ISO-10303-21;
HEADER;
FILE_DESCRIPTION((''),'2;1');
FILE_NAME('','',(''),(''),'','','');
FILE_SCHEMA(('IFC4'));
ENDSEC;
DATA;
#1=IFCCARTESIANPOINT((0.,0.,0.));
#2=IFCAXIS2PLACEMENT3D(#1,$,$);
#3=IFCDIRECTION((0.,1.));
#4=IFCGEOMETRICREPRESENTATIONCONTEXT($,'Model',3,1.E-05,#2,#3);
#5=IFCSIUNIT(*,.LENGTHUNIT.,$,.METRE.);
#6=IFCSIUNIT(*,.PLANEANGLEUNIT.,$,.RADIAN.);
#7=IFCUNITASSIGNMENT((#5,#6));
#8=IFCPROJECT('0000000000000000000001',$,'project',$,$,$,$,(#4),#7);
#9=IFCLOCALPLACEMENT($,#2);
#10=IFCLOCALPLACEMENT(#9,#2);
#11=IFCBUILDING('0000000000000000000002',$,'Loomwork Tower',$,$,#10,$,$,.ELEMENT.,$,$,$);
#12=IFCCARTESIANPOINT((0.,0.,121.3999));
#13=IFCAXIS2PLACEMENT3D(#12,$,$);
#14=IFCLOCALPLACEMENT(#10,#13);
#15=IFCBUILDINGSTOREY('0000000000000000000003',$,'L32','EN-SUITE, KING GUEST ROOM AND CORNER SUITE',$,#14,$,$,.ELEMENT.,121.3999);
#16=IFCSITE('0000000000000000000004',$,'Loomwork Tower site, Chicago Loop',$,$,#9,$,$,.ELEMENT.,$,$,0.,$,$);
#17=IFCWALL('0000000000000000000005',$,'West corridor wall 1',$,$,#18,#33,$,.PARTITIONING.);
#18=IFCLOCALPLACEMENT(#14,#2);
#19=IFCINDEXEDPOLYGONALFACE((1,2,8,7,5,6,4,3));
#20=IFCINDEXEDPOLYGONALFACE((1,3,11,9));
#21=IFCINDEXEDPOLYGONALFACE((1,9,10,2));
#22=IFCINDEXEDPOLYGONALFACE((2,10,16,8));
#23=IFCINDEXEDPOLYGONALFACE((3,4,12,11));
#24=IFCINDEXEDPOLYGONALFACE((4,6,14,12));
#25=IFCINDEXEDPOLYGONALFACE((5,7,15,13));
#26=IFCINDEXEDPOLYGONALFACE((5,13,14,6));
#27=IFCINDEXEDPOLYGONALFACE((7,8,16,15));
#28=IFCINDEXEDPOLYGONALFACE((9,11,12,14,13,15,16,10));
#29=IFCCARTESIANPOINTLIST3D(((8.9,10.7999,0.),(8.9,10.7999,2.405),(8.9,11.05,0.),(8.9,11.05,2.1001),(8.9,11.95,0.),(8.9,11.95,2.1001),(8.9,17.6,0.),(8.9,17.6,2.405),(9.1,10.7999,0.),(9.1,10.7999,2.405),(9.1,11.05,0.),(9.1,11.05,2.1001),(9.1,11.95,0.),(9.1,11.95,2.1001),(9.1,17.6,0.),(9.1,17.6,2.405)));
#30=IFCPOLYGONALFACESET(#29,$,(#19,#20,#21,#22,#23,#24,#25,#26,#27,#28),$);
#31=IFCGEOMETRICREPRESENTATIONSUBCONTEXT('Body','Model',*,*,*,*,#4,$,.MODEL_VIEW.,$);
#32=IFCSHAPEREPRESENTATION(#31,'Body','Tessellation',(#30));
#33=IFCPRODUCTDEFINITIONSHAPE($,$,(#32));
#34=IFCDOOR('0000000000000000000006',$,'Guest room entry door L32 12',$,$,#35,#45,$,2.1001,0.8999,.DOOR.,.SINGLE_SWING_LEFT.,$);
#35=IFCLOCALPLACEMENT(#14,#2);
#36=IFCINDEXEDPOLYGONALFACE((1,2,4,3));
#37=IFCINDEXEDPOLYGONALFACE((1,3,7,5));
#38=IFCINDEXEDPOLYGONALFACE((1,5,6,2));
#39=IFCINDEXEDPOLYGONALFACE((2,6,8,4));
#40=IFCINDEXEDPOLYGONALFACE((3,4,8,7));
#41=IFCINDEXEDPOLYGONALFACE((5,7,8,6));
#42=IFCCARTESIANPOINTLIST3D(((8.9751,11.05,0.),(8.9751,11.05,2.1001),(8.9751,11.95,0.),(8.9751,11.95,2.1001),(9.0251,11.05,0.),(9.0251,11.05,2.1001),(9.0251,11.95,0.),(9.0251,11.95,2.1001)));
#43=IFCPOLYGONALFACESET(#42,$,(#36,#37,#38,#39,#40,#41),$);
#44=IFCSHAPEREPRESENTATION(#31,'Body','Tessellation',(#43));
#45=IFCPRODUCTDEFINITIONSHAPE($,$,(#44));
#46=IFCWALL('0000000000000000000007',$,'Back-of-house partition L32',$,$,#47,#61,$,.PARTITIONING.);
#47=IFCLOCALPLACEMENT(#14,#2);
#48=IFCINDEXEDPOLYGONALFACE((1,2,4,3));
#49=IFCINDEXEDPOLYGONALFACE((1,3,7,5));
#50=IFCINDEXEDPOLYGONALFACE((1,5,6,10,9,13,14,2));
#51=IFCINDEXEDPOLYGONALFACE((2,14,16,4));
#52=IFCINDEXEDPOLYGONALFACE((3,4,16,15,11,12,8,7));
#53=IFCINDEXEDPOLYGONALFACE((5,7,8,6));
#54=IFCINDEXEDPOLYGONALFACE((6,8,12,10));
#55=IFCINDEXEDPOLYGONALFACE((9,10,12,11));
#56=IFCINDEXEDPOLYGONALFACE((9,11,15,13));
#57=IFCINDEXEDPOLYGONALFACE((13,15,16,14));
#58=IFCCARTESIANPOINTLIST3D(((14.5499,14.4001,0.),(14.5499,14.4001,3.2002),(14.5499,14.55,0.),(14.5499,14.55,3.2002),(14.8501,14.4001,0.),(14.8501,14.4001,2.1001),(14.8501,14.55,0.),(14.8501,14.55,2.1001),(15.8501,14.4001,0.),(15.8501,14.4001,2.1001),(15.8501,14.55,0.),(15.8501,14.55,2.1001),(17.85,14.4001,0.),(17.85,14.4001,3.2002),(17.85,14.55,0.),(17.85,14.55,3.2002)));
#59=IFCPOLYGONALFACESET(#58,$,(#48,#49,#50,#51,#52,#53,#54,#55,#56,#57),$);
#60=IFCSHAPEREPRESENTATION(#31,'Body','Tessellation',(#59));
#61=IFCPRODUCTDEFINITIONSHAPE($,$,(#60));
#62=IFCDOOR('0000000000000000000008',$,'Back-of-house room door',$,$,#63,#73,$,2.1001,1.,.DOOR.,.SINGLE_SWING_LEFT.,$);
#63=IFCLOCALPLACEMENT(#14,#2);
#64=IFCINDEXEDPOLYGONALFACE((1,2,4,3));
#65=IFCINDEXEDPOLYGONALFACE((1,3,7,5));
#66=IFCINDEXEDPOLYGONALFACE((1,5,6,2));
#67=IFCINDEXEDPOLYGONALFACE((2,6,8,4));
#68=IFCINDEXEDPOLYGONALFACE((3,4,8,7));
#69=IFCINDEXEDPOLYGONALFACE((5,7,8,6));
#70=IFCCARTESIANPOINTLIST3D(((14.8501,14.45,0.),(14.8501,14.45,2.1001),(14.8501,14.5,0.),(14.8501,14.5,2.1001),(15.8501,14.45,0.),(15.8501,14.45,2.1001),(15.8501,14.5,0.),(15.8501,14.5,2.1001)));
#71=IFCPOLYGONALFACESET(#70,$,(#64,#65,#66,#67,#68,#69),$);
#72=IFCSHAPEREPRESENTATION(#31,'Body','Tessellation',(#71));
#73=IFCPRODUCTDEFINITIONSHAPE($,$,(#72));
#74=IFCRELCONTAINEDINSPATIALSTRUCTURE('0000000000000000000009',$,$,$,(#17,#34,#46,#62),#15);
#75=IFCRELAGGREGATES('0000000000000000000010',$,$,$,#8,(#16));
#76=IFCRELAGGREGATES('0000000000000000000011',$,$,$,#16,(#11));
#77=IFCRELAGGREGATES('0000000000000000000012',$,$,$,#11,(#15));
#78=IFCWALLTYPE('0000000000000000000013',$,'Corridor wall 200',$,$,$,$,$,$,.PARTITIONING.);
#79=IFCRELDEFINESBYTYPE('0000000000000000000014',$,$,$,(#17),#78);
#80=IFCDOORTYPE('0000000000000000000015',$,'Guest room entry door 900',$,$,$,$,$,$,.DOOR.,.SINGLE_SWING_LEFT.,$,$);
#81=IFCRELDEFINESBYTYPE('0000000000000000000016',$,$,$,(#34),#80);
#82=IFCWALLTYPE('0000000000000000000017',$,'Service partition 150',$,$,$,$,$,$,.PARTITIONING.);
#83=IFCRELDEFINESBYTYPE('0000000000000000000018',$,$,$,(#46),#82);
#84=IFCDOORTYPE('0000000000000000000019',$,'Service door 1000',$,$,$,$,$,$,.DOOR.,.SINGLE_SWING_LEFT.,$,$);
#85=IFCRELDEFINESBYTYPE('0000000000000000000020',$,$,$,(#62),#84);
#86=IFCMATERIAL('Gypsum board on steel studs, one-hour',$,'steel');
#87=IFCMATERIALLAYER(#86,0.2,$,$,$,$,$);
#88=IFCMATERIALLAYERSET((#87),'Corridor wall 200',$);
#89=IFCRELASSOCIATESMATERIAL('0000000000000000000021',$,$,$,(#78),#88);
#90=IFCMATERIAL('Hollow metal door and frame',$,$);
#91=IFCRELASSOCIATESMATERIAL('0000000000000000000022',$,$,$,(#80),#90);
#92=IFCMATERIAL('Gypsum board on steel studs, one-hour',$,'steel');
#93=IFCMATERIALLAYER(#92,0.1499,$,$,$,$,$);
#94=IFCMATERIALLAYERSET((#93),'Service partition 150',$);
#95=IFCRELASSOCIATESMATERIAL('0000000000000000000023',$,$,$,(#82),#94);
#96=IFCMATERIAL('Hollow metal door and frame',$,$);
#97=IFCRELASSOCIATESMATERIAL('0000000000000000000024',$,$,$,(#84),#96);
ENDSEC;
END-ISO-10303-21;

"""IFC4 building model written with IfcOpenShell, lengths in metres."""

from ifc_helpers import new_model, si_unit, direction, frame, frame_2d, origin, place, context, subcontext, project, spatial, rectangle, extrude, material, layer, layer_set, type_object, element, fill, save


model = new_model("IFC4")

# Units and contexts
model_context = context("Model", 3, precision=1e-05, world=origin(), true_north=direction((0.0, 1.0)))
body_context = subcontext(model_context, "Body", "Model", "MODEL_VIEW")
ifc_project = project(units=[si_unit("LENGTHUNIT", "METRE"), si_unit("PLANEANGLEUNIT", "RADIAN")], contexts=[model_context])

# Site, building, storey
site_placement = place(None, origin())
site = spatial("IfcSite", under=ifc_project, at=site_placement, Name="Loomwork Tower site, Chicago Loop", CompositionType="ELEMENT", RefElevation=0.0)
building_placement = place(site_placement, origin())
building = spatial("IfcBuilding", under=site, at=building_placement, Name="Loomwork Tower", CompositionType="ELEMENT")
storey_placement = place(building_placement, frame((0.0, 0.0, 121.3999)))
storey = spatial("IfcBuildingStorey", under=building, at=storey_placement, Name="L32", Description="EN-SUITE, KING GUEST ROOM AND CORNER SUITE", CompositionType="ELEMENT", Elevation=121.3999)

# Shared definitions
ifc_material_1 = material(Name="Gypsum board on steel studs, one-hour", Category="steel")
ifc_layer_1 = layer(ifc_material_1, 0.2)
ifc_layer_set_1 = layer_set([ifc_layer_1], Name="Corridor wall 200")
wall_type_1 = type_object("IfcWallType", Name="Corridor wall 200", PredefinedType="PARTITIONING", material=ifc_layer_set_1)
ifc_material_2 = material(Name="Hollow metal door and frame")
door_type_1 = type_object("IfcDoorType", Name="Guest room entry door 900", OperationType="SINGLE_SWING_LEFT", PredefinedType="DOOR", material=ifc_material_2)

# Walls, openings, doors
wall_1_placement = place(storey_placement, frame((9.0, 10.8, 0.0), z_axis=(0.0, 0.0, 1.0), x_axis=(0.0, 1.0, 0.0)))
wall_1 = element("IfcWall", 1, at=wall_1_placement, inside=storey, type_object=wall_type_1, Name="West corridor wall 1", PredefinedType="PARTITIONING", context=body_context, shape_type="SweptSolid", body=[
    extrude(rectangle(XDim=6.8, YDim=0.2, at=frame_2d((3.3999, 0.0))), origin(), (0.0, 0.0, 1.0), 2.405),
])
opening_1_placement = place(wall_1_placement, frame((0.25, 0.0, 0.0)))
opening_1 = element("IfcOpeningElement", 2, at=opening_1_placement, cuts=wall_1, PredefinedType="OPENING", context=body_context, shape_type="SweptSolid", body=[
    extrude(rectangle(XDim=0.8999, YDim=2.1001, at=frame_2d((0.45, 1.05))), frame((0.0, 0.1099, 0.0), z_axis=(0.0, -1.0, 0.0), x_axis=(1.0, 0.0, 0.0)), (0.0, 0.0, 1.0), 0.22),
])
door_1_placement = place(opening_1_placement, origin())
door_1 = element("IfcDoor", 3, at=door_1_placement, inside=storey, type_object=door_type_1, Name="Guest room entry door L32 12", OperationType="SINGLE_SWING_LEFT", OverallHeight=2.1001, OverallWidth=0.8999, PredefinedType="DOOR", context=body_context, shape_type="SweptSolid", body=[
    extrude(rectangle(XDim=0.8999, YDim=2.1001, at=frame_2d((0.45, 1.05))), frame((0.0, 0.0249, 0.0), z_axis=(0.0, -1.0, 0.0), x_axis=(1.0, 0.0, 0.0)), (0.0, 0.0, 1.0), 0.05),
])
fill(opening_1, door_1)
ifc_material_3 = material(Name="Gypsum board on steel studs, one-hour", Category="steel")
ifc_layer_2 = layer(ifc_material_3, 0.1499)
ifc_layer_set_2 = layer_set([ifc_layer_2], Name="Service partition 150")
wall_type_2 = type_object("IfcWallType", Name="Service partition 150", PredefinedType="PARTITIONING", material=ifc_layer_set_2)
wall_2_placement = place(storey_placement, frame((14.55, 14.4751, 0.0), z_axis=(0.0, 0.0, 1.0), x_axis=(1.0, 0.0, 0.0)))
wall_2 = element("IfcWall", 4, at=wall_2_placement, inside=storey, type_object=wall_type_2, Name="Back-of-house partition L32", PredefinedType="PARTITIONING", context=body_context, shape_type="SweptSolid", body=[
    extrude(rectangle(XDim=3.3, YDim=0.1499, at=frame_2d((1.6499, 0.0))), origin(), (0.0, 0.0, 1.0), 3.2002),
])
opening_2_placement = place(wall_2_placement, frame((0.3, 0.0, 0.0)))
opening_2 = element("IfcOpeningElement", 5, at=opening_2_placement, cuts=wall_2, PredefinedType="OPENING", context=body_context, shape_type="SweptSolid", body=[
    extrude(rectangle(XDim=1.0, YDim=2.1001, at=frame_2d((0.5, 1.05))), frame((0.0, 0.085, 0.0), z_axis=(0.0, -1.0, 0.0), x_axis=(1.0, 0.0, 0.0)), (0.0, 0.0, 1.0), 0.1699),
])
ifc_material_4 = material(Name="Hollow metal door and frame")
door_type_2 = type_object("IfcDoorType", Name="Service door 1000", OperationType="SINGLE_SWING_LEFT", PredefinedType="DOOR", material=ifc_material_4)
door_2_placement = place(opening_2_placement, origin())
door_2 = element("IfcDoor", 6, at=door_2_placement, inside=storey, type_object=door_type_2, Name="Back-of-house room door", OperationType="SINGLE_SWING_LEFT", OverallHeight=2.1001, OverallWidth=1.0, PredefinedType="DOOR", context=body_context, shape_type="SweptSolid", body=[
    extrude(rectangle(XDim=1.0, YDim=2.1001, at=frame_2d((0.5, 1.05))), frame((0.0, 0.0249, 0.0), z_axis=(0.0, -1.0, 0.0), x_axis=(1.0, 0.0, 0.0)), (0.0, 0.0, 1.0), 0.05),
])
fill(opening_2, door_2)

save(model, "model.ifc")
